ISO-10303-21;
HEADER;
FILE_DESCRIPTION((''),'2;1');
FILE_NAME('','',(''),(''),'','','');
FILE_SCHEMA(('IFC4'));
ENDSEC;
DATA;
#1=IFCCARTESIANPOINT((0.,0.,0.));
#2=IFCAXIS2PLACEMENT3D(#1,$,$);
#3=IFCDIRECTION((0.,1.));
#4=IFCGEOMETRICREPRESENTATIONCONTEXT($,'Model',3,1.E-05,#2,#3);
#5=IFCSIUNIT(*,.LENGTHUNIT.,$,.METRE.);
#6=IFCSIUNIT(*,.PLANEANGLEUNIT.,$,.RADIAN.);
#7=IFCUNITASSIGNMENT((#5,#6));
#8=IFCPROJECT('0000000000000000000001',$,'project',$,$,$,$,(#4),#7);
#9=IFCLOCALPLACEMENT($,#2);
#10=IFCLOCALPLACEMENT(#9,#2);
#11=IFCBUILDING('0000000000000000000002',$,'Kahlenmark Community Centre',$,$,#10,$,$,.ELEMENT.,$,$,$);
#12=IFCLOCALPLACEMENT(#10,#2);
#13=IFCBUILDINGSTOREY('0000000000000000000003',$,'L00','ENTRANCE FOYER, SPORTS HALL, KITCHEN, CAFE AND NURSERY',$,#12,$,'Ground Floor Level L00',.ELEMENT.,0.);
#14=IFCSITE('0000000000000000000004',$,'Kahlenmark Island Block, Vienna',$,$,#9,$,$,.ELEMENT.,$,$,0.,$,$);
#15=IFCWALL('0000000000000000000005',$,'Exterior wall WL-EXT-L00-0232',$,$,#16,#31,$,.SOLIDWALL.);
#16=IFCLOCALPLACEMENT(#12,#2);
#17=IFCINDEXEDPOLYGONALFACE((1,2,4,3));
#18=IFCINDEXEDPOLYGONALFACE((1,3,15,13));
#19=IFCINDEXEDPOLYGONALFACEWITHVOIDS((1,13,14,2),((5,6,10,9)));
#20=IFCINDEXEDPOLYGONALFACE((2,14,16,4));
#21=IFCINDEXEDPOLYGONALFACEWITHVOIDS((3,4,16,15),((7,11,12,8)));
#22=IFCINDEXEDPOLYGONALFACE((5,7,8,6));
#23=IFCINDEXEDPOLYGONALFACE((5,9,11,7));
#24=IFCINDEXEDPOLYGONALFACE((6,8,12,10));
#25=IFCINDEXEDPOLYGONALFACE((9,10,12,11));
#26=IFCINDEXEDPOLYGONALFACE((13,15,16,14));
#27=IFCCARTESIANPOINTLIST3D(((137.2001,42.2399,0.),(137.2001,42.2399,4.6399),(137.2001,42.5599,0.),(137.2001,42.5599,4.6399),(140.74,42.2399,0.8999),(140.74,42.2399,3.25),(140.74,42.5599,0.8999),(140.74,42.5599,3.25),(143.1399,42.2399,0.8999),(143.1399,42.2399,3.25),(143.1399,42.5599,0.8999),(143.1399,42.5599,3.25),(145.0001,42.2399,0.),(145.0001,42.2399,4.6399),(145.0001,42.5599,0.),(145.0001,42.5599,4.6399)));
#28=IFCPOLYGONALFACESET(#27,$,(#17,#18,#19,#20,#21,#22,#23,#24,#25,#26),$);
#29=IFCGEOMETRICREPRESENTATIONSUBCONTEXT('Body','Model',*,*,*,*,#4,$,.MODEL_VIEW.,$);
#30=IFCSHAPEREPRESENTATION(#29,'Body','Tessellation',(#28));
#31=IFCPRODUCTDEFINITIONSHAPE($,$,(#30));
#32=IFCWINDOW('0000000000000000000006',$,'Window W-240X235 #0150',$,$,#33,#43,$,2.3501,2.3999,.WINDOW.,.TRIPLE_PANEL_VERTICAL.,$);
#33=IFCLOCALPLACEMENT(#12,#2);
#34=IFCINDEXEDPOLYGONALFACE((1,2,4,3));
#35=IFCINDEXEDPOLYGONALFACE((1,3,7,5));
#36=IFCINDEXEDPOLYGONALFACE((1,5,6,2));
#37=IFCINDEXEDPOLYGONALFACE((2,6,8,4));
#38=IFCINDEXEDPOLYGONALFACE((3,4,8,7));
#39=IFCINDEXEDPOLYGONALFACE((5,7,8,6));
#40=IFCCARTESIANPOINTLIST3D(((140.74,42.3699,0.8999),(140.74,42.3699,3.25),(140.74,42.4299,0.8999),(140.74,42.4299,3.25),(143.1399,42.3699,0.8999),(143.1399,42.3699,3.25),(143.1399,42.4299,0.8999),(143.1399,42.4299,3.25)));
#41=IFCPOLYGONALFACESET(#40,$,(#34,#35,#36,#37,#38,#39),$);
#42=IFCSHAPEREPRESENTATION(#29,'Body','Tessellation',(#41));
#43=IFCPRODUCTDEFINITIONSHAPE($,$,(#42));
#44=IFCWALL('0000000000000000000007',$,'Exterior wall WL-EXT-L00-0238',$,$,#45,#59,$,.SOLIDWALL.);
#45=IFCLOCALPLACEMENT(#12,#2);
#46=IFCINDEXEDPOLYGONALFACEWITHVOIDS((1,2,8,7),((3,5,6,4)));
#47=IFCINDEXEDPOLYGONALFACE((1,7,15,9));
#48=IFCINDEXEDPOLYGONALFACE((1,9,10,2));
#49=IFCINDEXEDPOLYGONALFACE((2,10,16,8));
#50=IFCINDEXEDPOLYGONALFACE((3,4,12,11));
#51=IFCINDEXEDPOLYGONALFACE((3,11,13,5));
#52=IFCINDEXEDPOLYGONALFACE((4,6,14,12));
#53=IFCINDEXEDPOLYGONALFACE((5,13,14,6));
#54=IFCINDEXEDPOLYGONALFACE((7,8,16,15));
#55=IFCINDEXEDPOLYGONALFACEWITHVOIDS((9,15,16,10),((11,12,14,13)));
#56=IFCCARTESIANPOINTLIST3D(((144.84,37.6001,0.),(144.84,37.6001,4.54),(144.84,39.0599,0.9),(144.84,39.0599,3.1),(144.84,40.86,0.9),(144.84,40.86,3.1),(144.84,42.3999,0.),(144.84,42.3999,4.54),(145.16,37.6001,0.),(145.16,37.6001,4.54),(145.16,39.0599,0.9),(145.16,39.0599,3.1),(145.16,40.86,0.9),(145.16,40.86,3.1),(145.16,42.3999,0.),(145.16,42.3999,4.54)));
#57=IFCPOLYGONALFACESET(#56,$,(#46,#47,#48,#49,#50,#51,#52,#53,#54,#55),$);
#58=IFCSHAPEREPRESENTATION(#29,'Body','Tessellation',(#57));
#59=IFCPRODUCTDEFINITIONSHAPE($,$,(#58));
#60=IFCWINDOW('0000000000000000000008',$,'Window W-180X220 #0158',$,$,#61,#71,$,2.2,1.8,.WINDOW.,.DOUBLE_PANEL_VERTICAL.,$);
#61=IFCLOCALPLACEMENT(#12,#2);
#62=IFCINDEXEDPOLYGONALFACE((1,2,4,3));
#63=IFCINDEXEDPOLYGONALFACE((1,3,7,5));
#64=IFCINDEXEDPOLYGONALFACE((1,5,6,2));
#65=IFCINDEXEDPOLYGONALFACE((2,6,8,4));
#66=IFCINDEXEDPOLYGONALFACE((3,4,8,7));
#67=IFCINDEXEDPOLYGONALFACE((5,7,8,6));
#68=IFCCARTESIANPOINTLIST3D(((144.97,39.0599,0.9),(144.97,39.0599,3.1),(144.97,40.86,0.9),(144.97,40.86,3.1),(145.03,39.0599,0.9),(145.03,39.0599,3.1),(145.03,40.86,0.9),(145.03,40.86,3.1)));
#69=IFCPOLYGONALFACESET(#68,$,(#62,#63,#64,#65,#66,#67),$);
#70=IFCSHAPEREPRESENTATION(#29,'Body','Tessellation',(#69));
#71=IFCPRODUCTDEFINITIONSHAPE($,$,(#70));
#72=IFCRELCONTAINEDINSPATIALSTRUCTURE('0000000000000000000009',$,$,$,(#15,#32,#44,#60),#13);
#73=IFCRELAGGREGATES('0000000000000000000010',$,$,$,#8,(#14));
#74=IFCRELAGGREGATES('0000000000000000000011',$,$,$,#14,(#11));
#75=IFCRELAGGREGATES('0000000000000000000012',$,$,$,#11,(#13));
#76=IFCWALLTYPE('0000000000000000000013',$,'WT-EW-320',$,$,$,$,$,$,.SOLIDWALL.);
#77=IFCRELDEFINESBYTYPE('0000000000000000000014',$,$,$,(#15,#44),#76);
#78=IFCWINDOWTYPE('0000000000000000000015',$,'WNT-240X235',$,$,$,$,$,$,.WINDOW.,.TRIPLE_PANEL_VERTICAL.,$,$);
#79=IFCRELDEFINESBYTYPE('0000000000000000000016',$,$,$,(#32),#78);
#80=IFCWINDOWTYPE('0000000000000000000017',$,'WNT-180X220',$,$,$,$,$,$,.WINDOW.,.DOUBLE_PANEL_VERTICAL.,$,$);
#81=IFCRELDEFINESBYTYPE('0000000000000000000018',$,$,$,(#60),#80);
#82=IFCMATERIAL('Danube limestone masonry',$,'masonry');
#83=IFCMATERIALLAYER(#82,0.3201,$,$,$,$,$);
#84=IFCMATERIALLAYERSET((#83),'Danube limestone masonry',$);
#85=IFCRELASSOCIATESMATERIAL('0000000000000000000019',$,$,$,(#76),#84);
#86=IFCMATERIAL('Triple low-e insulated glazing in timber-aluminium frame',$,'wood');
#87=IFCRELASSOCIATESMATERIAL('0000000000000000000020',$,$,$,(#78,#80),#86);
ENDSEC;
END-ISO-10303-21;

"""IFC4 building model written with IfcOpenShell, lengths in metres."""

from ifc_helpers import new_model, si_unit, direction, frame, frame_2d, origin, place, context, subcontext, project, spatial, rectangle, extrude, material, layer, layer_set, type_object, element, fill, save


model = new_model("IFC4")

# Units and contexts
model_context = context("Model", 3, precision=1e-05, world=origin(), true_north=direction((0.0, 1.0)))
body_context = subcontext(model_context, "Body", "Model", "MODEL_VIEW")
ifc_project = project(units=[si_unit("LENGTHUNIT", "METRE"), si_unit("PLANEANGLEUNIT", "RADIAN")], contexts=[model_context])

# Site, building, storey
site_placement = place(None, origin())
site = spatial("IfcSite", under=ifc_project, at=site_placement, Name="Kahlenmark Island Block, Vienna", CompositionType="ELEMENT", RefElevation=0.0)
building_placement = place(site_placement, origin())
building = spatial("IfcBuilding", under=site, at=building_placement, Name="Kahlenmark Community Centre", CompositionType="ELEMENT")
storey_placement = place(building_placement, origin())
storey = spatial("IfcBuildingStorey", under=building, at=storey_placement, Name="L00", Description="ENTRANCE FOYER, SPORTS HALL, KITCHEN, CAFE AND NURSERY", LongName="Ground Floor Level L00", CompositionType="ELEMENT", Elevation=0.0)

# Shared definitions
ifc_material_1 = material(Name="Danube limestone masonry", Category="masonry")
ifc_layer = layer(ifc_material_1, 0.3201)
ifc_layer_set = layer_set([ifc_layer], Name="Danube limestone masonry")
wall_type = type_object("IfcWallType", Name="WT-EW-320", PredefinedType="SOLIDWALL", material=ifc_layer_set)
ifc_material_2 = material(Name="Triple low-e insulated glazing in timber-aluminium frame", Category="wood")
window_type_1 = type_object("IfcWindowType", Name="WNT-240X235", PartitioningType="TRIPLE_PANEL_VERTICAL", PredefinedType="WINDOW", material=ifc_material_2)
window_type_2 = type_object("IfcWindowType", Name="WNT-180X220", PartitioningType="DOUBLE_PANEL_VERTICAL", PredefinedType="WINDOW", material=ifc_material_2)

# Walls, openings, windows
wall_1_placement = place(storey_placement, frame((145.0, 42.3999, 0.0), z_axis=(0.0, 0.0, 1.0), x_axis=(-1.0, 0.0, 0.0)))
wall_1 = element("IfcWall", 1, at=wall_1_placement, inside=storey, type_object=wall_type, Name="Exterior wall WL-EXT-L00-0232", PredefinedType="SOLIDWALL", context=body_context, shape_type="SweptSolid", body=[
    extrude(rectangle(XDim=7.8, YDim=0.3201, at=frame_2d((3.8999, 0.0))), origin(), (0.0, 0.0, 1.0), 4.6399),
])
opening_1_placement = place(wall_1_placement, frame((1.8601, 0.0, 0.8999)))
opening_1 = element("IfcOpeningElement", 2, at=opening_1_placement, cuts=wall_1, PredefinedType="OPENING", context=body_context, shape_type="SweptSolid", body=[
    extrude(rectangle(XDim=2.3999, YDim=2.3501, at=frame_2d((1.2, 1.175))), frame((0.0, 0.1699, 0.0), z_axis=(0.0, -1.0, 0.0), x_axis=(1.0, 0.0, 0.0)), (0.0, 0.0, 1.0), 0.3401),
])
window_1_placement = place(opening_1_placement, origin())
window_1 = element("IfcWindow", 3, at=window_1_placement, inside=storey, type_object=window_type_1, Name="Window W-240X235 #0150", OverallHeight=2.3501, OverallWidth=2.3999, PartitioningType="TRIPLE_PANEL_VERTICAL", PredefinedType="WINDOW", context=body_context, shape_type="SweptSolid", body=[
    extrude(rectangle(XDim=2.3999, YDim=2.3501, at=frame_2d((1.2, 1.175))), frame((0.0, 0.03, 0.0), z_axis=(0.0, -1.0, 0.0), x_axis=(1.0, 0.0, 0.0)), (0.0, 0.0, 1.0), 0.0601),
])
fill(opening_1, window_1)
wall_2_placement = place(storey_placement, frame((145.0, 37.6001, 0.0), z_axis=(0.0, 0.0, 1.0), x_axis=(0.0, 1.0, 0.0)))
wall_2 = element("IfcWall", 4, at=wall_2_placement, inside=storey, type_object=wall_type, Name="Exterior wall WL-EXT-L00-0238", PredefinedType="SOLIDWALL", context=body_context, shape_type="SweptSolid", body=[
    extrude(rectangle(XDim=4.7998, YDim=0.3201, at=frame_2d((2.3999, 0.0))), origin(), (0.0, 0.0, 1.0), 4.54),
])
opening_2_placement = place(wall_2_placement, frame((1.46, 0.0, 0.8999)))
opening_2 = element("IfcOpeningElement", 5, at=opening_2_placement, cuts=wall_2, PredefinedType="OPENING", context=body_context, shape_type="SweptSolid", body=[
    extrude(rectangle(XDim=1.8, YDim=2.2, at=frame_2d((0.8999, 1.1001))), frame((0.0, 0.1699, 0.0), z_axis=(0.0, -1.0, 0.0), x_axis=(1.0, 0.0, 0.0)), (0.0, 0.0, 1.0), 0.3401),
])
window_2_placement = place(opening_2_placement, origin())
window_2 = element("IfcWindow", 6, at=window_2_placement, inside=storey, type_object=window_type_2, Name="Window W-180X220 #0158", OverallHeight=2.2, OverallWidth=1.8, PartitioningType="DOUBLE_PANEL_VERTICAL", PredefinedType="WINDOW", context=body_context, shape_type="SweptSolid", body=[
    extrude(rectangle(XDim=1.8, YDim=2.2, at=frame_2d((0.8999, 1.1001))), frame((0.0, 0.03, 0.0), z_axis=(0.0, -1.0, 0.0), x_axis=(1.0, 0.0, 0.0)), (0.0, 0.0, 1.0), 0.0601),
])
fill(opening_2, window_2)

save(model, "model.ifc")
